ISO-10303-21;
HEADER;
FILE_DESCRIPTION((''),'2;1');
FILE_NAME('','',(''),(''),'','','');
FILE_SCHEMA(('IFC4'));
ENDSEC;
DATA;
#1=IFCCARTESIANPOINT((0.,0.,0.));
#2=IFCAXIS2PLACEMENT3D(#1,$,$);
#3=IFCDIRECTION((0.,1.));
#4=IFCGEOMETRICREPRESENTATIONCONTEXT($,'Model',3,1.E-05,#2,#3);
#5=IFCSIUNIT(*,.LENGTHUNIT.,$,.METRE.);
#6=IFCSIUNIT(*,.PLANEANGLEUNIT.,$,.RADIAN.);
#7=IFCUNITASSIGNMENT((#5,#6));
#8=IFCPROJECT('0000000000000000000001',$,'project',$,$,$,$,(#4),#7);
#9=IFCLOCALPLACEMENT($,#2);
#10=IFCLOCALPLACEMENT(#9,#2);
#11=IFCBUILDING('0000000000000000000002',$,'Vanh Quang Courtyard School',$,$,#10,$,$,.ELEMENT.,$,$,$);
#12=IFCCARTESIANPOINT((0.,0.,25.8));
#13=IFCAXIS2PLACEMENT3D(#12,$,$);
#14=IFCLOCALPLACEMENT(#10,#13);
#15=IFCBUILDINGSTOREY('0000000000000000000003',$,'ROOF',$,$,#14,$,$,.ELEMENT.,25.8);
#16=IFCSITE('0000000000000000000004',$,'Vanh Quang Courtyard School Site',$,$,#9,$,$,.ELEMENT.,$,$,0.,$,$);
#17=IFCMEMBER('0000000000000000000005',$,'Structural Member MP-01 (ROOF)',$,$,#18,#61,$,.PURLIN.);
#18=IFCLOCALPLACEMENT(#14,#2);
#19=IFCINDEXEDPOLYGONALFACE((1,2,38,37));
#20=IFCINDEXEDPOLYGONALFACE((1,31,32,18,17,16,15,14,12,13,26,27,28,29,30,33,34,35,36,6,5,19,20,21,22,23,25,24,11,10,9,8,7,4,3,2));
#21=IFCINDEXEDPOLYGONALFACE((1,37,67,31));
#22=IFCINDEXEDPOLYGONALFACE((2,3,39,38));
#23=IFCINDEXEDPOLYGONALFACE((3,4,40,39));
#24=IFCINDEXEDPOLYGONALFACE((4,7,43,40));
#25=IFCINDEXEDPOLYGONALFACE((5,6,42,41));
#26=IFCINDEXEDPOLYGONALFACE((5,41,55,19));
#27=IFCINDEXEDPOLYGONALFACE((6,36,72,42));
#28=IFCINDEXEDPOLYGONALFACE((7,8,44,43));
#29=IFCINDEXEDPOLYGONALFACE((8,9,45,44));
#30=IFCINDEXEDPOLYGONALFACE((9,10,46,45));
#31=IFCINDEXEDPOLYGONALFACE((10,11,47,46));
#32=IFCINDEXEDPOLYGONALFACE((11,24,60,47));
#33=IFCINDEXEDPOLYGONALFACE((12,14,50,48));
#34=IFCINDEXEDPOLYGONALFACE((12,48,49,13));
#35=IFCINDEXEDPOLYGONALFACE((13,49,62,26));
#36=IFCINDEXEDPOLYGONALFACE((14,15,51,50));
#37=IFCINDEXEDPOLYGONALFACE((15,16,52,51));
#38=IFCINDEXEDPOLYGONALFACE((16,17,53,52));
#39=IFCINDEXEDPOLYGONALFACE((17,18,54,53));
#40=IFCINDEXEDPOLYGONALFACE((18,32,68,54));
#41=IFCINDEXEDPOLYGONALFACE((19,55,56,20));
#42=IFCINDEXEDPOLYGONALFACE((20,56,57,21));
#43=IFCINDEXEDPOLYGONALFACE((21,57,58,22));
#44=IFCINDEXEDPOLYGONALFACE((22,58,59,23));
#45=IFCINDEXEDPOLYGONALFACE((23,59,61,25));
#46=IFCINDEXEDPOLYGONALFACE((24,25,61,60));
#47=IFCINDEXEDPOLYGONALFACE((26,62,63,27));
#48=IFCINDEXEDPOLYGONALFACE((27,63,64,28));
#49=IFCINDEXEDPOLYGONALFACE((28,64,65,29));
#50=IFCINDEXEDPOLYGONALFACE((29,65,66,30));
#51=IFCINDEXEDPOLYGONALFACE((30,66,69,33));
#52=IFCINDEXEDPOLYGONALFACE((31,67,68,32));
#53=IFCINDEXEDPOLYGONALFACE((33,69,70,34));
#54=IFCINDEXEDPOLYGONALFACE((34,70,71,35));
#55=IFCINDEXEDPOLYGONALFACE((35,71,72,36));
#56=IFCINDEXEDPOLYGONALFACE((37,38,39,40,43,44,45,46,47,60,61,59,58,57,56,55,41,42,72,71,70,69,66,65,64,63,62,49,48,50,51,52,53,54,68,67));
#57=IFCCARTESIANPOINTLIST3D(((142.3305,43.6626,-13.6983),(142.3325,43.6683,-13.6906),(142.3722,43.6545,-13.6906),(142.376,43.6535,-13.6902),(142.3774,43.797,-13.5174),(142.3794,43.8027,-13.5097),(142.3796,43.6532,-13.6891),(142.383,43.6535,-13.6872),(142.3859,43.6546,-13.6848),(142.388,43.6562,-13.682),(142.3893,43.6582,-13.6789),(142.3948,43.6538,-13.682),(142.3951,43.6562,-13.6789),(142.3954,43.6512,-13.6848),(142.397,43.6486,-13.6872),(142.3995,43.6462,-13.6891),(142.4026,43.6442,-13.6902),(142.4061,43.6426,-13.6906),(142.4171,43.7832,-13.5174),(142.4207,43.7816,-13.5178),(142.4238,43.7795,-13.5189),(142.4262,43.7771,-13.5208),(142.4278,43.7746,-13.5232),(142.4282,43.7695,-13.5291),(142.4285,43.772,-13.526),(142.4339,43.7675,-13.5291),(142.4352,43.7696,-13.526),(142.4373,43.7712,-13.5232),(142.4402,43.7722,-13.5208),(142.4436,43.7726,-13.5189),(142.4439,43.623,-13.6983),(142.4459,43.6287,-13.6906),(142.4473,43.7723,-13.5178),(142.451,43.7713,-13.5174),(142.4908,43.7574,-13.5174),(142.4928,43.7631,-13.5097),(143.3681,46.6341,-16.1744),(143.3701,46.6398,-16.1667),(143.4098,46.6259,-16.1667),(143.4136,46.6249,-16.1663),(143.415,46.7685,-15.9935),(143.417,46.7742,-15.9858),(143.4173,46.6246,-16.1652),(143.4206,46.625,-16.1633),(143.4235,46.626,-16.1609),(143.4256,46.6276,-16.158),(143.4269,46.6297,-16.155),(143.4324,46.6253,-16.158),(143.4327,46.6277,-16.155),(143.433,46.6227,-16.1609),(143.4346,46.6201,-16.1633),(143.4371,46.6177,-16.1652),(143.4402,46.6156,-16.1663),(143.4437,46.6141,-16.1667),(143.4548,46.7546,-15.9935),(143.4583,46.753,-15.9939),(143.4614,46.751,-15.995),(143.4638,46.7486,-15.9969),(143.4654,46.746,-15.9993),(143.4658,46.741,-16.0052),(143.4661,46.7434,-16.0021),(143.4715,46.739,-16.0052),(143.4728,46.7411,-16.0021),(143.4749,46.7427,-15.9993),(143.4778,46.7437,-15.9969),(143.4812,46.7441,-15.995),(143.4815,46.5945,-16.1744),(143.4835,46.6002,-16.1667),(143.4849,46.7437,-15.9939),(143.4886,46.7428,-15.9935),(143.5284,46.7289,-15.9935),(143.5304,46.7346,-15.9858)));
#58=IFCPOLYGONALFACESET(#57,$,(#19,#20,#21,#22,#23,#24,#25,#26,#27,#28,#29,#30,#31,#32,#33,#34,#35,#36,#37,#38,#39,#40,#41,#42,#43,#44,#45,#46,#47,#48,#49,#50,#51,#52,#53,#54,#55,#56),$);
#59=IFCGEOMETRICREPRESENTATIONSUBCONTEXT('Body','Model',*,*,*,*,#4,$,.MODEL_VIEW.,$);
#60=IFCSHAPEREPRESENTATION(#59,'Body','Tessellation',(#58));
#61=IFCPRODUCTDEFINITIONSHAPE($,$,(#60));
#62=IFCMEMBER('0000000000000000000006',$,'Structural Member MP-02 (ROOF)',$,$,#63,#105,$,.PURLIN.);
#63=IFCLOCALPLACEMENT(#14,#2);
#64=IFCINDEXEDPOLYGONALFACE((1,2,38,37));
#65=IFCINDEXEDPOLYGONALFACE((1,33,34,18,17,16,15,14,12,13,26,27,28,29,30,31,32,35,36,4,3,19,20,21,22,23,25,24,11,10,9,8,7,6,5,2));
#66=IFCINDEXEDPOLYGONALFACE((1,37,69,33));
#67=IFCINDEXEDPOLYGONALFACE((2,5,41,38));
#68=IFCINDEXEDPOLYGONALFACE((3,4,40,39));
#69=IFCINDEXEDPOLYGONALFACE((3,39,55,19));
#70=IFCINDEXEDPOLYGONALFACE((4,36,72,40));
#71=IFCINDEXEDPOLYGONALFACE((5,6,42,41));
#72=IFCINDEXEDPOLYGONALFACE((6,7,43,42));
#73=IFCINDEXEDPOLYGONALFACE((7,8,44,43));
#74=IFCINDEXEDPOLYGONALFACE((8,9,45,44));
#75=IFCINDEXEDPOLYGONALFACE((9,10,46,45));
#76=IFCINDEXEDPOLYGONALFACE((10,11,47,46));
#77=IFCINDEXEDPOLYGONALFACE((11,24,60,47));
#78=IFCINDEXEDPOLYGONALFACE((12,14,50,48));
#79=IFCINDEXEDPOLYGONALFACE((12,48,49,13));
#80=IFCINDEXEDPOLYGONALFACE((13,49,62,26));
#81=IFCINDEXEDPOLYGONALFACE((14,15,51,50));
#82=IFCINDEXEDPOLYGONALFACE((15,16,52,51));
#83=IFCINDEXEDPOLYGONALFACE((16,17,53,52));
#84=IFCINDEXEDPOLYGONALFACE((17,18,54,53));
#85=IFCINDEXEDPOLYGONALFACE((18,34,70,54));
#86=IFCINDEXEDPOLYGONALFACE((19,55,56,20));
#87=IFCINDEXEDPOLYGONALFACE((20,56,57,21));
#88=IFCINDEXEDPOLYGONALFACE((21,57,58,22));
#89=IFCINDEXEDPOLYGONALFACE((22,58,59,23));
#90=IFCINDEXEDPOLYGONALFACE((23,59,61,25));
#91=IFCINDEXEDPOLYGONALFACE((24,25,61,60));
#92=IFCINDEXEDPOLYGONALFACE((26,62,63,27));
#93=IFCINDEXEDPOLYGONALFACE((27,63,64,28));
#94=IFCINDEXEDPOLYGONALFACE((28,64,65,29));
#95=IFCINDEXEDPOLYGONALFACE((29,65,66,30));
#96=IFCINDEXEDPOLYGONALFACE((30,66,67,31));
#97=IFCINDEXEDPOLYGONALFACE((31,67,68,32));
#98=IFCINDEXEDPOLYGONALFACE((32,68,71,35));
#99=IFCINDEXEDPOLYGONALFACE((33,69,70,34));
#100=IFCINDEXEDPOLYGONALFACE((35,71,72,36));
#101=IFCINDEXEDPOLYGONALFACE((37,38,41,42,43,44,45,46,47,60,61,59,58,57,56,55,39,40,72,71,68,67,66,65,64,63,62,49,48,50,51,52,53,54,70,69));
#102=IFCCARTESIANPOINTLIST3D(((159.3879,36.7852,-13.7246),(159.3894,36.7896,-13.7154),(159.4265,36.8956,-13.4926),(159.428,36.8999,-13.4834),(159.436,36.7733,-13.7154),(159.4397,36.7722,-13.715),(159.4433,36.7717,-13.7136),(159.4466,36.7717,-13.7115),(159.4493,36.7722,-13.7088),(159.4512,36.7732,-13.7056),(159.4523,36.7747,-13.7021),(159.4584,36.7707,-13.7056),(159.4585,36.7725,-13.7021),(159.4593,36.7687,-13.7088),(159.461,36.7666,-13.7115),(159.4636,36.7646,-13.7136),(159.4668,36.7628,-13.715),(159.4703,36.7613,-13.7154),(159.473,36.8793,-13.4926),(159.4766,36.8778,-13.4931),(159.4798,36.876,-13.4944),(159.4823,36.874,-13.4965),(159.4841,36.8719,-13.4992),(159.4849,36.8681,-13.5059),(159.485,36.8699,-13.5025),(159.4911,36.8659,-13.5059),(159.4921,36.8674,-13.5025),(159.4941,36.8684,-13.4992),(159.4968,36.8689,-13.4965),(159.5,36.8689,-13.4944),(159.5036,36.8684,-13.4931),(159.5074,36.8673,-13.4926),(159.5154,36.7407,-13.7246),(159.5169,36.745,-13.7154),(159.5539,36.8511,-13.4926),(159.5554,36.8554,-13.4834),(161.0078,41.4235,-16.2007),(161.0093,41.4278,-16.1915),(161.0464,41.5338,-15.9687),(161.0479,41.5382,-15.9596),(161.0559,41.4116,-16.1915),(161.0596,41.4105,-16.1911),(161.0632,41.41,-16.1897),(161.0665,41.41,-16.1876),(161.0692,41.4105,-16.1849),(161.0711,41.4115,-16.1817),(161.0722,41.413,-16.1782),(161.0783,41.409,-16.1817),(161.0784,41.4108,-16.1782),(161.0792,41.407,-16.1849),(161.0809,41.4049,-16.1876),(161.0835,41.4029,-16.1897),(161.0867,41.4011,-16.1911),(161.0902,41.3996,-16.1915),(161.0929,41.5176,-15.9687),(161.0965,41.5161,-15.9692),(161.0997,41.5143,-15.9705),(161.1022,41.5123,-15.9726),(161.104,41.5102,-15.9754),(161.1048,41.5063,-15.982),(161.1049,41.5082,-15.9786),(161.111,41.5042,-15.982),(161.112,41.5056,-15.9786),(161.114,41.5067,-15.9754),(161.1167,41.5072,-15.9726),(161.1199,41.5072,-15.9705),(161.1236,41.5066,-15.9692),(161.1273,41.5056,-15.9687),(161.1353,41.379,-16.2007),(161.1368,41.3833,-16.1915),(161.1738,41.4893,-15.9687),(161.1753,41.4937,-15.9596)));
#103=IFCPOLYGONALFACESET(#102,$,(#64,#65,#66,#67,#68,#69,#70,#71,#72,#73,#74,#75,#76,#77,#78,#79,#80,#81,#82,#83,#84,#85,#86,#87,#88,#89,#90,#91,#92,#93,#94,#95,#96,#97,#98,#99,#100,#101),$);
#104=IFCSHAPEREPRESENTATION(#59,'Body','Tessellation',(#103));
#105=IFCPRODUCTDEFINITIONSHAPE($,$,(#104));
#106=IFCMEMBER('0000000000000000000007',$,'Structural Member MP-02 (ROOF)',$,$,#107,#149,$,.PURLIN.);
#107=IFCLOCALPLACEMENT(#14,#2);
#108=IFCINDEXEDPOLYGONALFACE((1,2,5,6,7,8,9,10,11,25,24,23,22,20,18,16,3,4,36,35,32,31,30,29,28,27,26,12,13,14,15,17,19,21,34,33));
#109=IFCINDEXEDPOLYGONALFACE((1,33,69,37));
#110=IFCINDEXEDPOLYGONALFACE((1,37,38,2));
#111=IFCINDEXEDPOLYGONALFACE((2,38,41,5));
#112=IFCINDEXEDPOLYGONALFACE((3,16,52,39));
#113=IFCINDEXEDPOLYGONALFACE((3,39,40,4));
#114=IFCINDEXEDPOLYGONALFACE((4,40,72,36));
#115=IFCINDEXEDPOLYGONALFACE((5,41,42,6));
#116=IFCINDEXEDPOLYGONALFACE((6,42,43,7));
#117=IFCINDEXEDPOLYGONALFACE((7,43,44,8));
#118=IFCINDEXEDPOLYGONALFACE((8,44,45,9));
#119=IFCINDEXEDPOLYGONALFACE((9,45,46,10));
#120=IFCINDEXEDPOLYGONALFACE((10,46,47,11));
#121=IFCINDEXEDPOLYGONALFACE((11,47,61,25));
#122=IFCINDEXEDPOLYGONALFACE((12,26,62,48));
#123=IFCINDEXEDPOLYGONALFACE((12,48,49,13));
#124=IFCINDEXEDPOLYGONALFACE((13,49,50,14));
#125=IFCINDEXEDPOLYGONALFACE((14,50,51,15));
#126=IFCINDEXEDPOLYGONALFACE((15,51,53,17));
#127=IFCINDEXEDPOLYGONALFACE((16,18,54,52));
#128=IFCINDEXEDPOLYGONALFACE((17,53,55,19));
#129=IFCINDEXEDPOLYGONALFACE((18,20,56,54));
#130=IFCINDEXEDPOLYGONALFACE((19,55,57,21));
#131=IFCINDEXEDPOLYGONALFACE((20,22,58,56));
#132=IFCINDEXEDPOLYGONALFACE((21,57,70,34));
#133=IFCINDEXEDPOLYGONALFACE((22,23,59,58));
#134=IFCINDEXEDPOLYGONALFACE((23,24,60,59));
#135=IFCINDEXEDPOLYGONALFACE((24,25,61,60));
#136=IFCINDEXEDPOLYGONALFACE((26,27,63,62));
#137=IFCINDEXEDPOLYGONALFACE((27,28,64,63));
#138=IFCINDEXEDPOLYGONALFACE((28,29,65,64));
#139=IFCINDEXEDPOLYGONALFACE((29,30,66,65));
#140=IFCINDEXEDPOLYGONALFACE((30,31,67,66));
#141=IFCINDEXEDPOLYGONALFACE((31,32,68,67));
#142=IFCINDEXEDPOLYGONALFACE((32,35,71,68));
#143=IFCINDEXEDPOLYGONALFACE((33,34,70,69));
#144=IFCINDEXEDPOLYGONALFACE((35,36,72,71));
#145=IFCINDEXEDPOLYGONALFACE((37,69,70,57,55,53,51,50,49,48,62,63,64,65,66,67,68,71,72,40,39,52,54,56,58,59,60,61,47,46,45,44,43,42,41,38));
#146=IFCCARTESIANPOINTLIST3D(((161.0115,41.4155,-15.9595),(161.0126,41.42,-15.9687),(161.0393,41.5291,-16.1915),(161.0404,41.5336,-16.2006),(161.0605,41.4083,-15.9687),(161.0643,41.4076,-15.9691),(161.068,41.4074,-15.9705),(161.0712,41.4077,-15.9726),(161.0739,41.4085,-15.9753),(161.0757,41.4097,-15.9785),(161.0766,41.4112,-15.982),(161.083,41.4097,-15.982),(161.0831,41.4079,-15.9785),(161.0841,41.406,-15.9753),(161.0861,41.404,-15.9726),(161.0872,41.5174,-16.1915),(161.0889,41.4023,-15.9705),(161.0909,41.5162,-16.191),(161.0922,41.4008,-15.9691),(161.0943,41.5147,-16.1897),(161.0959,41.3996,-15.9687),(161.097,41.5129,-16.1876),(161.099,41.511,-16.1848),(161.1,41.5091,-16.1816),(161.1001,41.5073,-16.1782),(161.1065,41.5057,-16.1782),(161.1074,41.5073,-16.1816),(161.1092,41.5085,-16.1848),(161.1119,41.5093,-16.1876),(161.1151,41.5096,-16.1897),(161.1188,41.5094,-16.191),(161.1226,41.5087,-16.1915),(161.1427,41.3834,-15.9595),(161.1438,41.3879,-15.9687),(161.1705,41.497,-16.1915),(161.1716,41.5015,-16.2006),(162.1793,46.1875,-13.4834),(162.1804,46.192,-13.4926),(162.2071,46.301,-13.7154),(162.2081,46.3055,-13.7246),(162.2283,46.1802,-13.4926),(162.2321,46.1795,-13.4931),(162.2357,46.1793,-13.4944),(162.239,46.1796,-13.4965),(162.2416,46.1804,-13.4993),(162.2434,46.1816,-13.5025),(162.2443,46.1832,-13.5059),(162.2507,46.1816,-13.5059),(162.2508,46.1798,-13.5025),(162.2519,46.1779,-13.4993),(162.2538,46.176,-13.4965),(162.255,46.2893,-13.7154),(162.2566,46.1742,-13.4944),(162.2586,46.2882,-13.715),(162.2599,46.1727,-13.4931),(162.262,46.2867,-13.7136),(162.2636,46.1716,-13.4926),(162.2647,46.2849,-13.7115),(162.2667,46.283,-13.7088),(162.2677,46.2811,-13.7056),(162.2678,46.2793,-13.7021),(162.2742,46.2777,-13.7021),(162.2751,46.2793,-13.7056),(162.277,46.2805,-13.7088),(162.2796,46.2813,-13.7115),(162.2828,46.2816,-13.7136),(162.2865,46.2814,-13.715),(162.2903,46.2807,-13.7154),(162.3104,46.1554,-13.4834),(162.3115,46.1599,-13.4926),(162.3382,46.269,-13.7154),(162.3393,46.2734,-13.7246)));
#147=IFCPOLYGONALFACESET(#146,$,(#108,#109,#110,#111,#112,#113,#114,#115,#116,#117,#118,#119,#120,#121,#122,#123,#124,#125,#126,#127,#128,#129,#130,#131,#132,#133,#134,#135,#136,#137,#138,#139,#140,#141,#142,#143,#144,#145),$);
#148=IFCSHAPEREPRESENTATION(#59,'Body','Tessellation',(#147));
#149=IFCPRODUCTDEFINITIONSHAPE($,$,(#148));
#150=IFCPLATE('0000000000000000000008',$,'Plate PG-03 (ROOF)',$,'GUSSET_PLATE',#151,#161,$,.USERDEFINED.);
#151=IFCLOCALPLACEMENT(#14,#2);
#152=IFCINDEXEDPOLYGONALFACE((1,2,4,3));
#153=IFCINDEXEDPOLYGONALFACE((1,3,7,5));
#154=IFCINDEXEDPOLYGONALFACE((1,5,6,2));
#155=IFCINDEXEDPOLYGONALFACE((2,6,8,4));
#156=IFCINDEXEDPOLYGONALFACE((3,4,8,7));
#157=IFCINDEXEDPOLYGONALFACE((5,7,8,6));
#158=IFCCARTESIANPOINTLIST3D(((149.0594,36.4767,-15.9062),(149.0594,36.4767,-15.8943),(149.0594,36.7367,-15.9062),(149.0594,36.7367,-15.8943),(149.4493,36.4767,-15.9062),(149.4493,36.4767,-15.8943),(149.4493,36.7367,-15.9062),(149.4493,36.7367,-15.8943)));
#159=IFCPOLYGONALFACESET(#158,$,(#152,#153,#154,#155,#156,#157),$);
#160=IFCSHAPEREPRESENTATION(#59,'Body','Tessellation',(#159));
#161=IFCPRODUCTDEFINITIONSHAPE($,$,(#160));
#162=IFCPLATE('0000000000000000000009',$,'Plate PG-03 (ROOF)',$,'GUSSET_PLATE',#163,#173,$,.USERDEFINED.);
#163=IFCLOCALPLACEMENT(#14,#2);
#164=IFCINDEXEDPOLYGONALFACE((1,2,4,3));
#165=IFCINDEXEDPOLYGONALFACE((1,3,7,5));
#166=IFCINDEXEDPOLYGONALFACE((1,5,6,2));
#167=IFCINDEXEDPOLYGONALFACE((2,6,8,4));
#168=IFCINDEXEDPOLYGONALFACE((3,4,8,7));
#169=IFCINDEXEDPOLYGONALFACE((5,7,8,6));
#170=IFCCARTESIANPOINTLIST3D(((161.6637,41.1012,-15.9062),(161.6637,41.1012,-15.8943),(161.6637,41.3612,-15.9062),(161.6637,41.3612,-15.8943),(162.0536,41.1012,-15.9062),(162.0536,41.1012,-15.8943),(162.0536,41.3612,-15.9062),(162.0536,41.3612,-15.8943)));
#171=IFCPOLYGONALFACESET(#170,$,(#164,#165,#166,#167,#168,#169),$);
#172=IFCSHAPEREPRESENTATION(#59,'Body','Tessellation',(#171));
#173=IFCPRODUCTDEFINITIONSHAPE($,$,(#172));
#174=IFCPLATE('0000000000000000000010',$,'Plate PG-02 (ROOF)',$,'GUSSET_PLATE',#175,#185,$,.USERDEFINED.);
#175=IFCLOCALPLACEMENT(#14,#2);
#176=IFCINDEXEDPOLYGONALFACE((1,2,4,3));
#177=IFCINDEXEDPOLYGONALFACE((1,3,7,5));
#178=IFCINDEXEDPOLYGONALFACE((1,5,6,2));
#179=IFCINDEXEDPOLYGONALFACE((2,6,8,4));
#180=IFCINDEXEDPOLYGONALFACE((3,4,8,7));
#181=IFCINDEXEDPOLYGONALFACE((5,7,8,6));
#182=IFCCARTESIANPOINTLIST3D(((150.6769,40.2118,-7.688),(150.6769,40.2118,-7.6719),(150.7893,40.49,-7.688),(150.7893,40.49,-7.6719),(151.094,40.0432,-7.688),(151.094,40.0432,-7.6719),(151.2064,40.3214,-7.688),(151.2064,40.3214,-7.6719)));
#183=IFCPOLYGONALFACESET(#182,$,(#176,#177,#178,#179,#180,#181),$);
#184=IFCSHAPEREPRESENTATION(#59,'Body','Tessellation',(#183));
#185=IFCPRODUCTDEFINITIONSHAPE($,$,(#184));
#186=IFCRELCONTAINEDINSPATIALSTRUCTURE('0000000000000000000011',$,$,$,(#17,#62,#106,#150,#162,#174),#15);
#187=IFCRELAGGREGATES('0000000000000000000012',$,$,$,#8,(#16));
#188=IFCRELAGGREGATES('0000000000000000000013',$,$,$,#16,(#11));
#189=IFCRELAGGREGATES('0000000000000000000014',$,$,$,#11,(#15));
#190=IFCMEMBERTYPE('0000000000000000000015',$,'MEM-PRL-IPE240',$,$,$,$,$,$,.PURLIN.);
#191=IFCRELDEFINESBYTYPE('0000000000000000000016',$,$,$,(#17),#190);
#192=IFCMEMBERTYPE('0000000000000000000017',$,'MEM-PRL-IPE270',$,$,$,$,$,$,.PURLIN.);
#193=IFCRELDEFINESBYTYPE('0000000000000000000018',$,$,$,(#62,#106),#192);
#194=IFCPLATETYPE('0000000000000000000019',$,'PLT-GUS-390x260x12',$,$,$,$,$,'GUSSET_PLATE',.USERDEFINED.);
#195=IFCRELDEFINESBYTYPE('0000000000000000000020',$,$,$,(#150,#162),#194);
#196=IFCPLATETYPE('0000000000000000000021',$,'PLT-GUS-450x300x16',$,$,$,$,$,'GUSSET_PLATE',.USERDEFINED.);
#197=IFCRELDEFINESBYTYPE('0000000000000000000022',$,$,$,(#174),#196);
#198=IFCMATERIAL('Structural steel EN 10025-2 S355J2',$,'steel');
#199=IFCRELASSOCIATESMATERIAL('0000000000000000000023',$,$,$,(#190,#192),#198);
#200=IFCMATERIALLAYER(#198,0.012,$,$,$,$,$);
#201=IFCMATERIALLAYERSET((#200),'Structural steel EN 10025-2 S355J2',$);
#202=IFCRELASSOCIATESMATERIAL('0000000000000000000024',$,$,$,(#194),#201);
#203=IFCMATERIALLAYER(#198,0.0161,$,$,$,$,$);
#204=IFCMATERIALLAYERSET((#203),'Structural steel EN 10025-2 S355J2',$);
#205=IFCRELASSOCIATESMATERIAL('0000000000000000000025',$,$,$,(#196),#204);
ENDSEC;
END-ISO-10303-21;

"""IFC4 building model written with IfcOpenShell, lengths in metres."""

from ifc_helpers import new_model, si_unit, direction, frame, origin, origin_2d, place, context, subcontext, project, spatial, rectangle, i_section, extrude, material, layer, layer_set, material_profile, profile_set, type_object, element, save


model = new_model("IFC4")

# Units and contexts
model_context = context("Model", 3, precision=1e-05, world=origin(), true_north=direction((0.0, 1.0)))
body_context = subcontext(model_context, "Body", "Model", "MODEL_VIEW")
ifc_project = project(units=[si_unit("LENGTHUNIT", "METRE"), si_unit("PLANEANGLEUNIT", "RADIAN")], contexts=[model_context])

# Site, building, storey
site_placement = place(None, origin())
site = spatial("IfcSite", under=ifc_project, at=site_placement, Name="Vanh Quang Courtyard School Site", CompositionType="ELEMENT", RefElevation=0.0)
building_placement = place(site_placement, origin())
building = spatial("IfcBuilding", under=site, at=building_placement, Name="Vanh Quang Courtyard School", CompositionType="ELEMENT")
storey_placement = place(building_placement, frame((0.0, 0.0, 25.8)))
storey = spatial("IfcBuildingStorey", under=building, at=storey_placement, Name="ROOF", CompositionType="ELEMENT", Elevation=25.8)

# Shared definitions
ifc_material_1 = material(Name="Structural steel EN 10025-2 S355J2", Category="steel")

# Members
ifc_material_profile_1 = material_profile(ifc_material_1, i_section(OverallWidth=0.1201, OverallDepth=0.24, WebThickness=0.0061, FlangeThickness=0.0098, FilletRadius=0.0149, at=origin_2d()), Name="IPE 240")
ifc_profile_set_1 = profile_set([ifc_material_profile_1], Name="Structural steel EN 10025-2 S355J2")
member_type_1 = type_object("IfcMemberType", Name="MEM-PRL-IPE240", PredefinedType="PURLIN", material=ifc_profile_set_1)
member_1_placement = place(storey_placement, frame((142.4116, 43.7129, -13.604), z_axis=(0.2591, 0.742002, -0.618304), x_axis=(-0.944096, 0.32967, 0.0)))
element("IfcMember", 1, at=member_1_placement, inside=storey, type_object=member_type_1, Name="Structural Member MP-01 (ROOF)", PredefinedType="PURLIN", context=body_context, shape_type="SweptSolid", body=[
    extrude(i_section(OverallWidth=0.1201, OverallDepth=0.24, WebThickness=0.0061, FlangeThickness=0.0098, FilletRadius=0.0149, at=origin_2d()), origin(), (0.0, 0.0, 1.0), 4.0046),
])
ifc_material_profile_2 = material_profile(ifc_material_1, i_section(OverallWidth=0.135, OverallDepth=0.27, WebThickness=0.0066, FlangeThickness=0.0103, FilletRadius=0.0149, at=origin_2d()), Name="IPE 270")
ifc_profile_set_2 = profile_set([ifc_material_profile_2], Name="Structural steel EN 10025-2 S355J2")
member_type_2 = type_object("IfcMemberType", Name="MEM-PRL-IPE270", PredefinedType="PURLIN", material=ifc_profile_set_2)
member_2_placement = place(storey_placement, frame((159.4717, 36.8203, -13.604), z_axis=(0.294436, 0.84306, -0.450064), x_axis=(-0.94408, 0.329717, 0.0)))
element("IfcMember", 2, at=member_2_placement, inside=storey, type_object=member_type_2, Name="Structural Member MP-02 (ROOF)", PredefinedType="PURLIN", context=body_context, shape_type="SweptSolid", body=[
    extrude(i_section(OverallWidth=0.135, OverallDepth=0.27, WebThickness=0.0066, FlangeThickness=0.0103, FilletRadius=0.0149, at=origin_2d()), origin(), (0.0, 0.0, 1.0), 5.5017),
])
member_3_placement = place(storey_placement, frame((161.0916, 41.4585, -16.0801), z_axis=(0.212257, 0.867398, 0.450074), x_axis=(-0.971341, 0.237692, 0.0)))
element("IfcMember", 3, at=member_3_placement, inside=storey, type_object=member_type_2, Name="Structural Member MP-02 (ROOF)", PredefinedType="PURLIN", context=body_context, shape_type="SweptSolid", body=[
    extrude(i_section(OverallWidth=0.135, OverallDepth=0.27, WebThickness=0.0066, FlangeThickness=0.0103, FilletRadius=0.0149, at=origin_2d()), origin(), (0.0, 0.0, 1.0), 5.5015),
])

# Plates
ifc_layer_1 = layer(ifc_material_1, 0.012)
ifc_layer_set_1 = layer_set([ifc_layer_1], Name="Structural steel EN 10025-2 S355J2")
plate_type_1 = type_object("IfcPlateType", Name="PLT-GUS-390x260x12", ElementType="GUSSET_PLATE", PredefinedType="USERDEFINED", material=ifc_layer_set_1)
for number, where, z_axis, x_axis, name in (
    (4, (149.2544, 36.6067, -15.9062), (0.0, 0.0, 1.0), (1.0, 0.0, 0.0), "Plate PG-03 (ROOF)"),
    (5, (161.8586, 41.2312, -15.9062), (0.0, 0.0, 1.0), (1.0, 0.0, 0.0), "Plate PG-03 (ROOF)"),
):
    element("IfcPlate", number, at=place(storey_placement, frame(where, z_axis=z_axis, x_axis=x_axis)), inside=storey, type_object=plate_type_1, Name=name, ObjectType="GUSSET_PLATE", PredefinedType="USERDEFINED", context=body_context, shape_type="SweptSolid", body=[
        extrude(rectangle(XDim=0.3899, YDim=0.26, at=origin_2d()), origin(), (0.0, 0.0, 1.0), 0.012),
    ])
ifc_layer_2 = layer(ifc_material_1, 0.0161)
ifc_layer_set_2 = layer_set([ifc_layer_2], Name="Structural steel EN 10025-2 S355J2")
plate_type_2 = type_object("IfcPlateType", Name="PLT-GUS-450x300x16", ElementType="GUSSET_PLATE", PredefinedType="USERDEFINED", material=ifc_layer_set_2)
plate_placement = place(storey_placement, frame((150.9417, 40.2666, -7.688), z_axis=(0.0, 0.0, 1.0), x_axis=(0.927184, -0.374607, 0.0)))
element("IfcPlate", 6, at=plate_placement, inside=storey, type_object=plate_type_2, Name="Plate PG-02 (ROOF)", ObjectType="GUSSET_PLATE", PredefinedType="USERDEFINED", context=body_context, shape_type="SweptSolid", body=[
    extrude(rectangle(XDim=0.45, YDim=0.3, at=origin_2d()), origin(), (0.0, 0.0, 1.0), 0.0161),
])

save(model, "model.ifc")
